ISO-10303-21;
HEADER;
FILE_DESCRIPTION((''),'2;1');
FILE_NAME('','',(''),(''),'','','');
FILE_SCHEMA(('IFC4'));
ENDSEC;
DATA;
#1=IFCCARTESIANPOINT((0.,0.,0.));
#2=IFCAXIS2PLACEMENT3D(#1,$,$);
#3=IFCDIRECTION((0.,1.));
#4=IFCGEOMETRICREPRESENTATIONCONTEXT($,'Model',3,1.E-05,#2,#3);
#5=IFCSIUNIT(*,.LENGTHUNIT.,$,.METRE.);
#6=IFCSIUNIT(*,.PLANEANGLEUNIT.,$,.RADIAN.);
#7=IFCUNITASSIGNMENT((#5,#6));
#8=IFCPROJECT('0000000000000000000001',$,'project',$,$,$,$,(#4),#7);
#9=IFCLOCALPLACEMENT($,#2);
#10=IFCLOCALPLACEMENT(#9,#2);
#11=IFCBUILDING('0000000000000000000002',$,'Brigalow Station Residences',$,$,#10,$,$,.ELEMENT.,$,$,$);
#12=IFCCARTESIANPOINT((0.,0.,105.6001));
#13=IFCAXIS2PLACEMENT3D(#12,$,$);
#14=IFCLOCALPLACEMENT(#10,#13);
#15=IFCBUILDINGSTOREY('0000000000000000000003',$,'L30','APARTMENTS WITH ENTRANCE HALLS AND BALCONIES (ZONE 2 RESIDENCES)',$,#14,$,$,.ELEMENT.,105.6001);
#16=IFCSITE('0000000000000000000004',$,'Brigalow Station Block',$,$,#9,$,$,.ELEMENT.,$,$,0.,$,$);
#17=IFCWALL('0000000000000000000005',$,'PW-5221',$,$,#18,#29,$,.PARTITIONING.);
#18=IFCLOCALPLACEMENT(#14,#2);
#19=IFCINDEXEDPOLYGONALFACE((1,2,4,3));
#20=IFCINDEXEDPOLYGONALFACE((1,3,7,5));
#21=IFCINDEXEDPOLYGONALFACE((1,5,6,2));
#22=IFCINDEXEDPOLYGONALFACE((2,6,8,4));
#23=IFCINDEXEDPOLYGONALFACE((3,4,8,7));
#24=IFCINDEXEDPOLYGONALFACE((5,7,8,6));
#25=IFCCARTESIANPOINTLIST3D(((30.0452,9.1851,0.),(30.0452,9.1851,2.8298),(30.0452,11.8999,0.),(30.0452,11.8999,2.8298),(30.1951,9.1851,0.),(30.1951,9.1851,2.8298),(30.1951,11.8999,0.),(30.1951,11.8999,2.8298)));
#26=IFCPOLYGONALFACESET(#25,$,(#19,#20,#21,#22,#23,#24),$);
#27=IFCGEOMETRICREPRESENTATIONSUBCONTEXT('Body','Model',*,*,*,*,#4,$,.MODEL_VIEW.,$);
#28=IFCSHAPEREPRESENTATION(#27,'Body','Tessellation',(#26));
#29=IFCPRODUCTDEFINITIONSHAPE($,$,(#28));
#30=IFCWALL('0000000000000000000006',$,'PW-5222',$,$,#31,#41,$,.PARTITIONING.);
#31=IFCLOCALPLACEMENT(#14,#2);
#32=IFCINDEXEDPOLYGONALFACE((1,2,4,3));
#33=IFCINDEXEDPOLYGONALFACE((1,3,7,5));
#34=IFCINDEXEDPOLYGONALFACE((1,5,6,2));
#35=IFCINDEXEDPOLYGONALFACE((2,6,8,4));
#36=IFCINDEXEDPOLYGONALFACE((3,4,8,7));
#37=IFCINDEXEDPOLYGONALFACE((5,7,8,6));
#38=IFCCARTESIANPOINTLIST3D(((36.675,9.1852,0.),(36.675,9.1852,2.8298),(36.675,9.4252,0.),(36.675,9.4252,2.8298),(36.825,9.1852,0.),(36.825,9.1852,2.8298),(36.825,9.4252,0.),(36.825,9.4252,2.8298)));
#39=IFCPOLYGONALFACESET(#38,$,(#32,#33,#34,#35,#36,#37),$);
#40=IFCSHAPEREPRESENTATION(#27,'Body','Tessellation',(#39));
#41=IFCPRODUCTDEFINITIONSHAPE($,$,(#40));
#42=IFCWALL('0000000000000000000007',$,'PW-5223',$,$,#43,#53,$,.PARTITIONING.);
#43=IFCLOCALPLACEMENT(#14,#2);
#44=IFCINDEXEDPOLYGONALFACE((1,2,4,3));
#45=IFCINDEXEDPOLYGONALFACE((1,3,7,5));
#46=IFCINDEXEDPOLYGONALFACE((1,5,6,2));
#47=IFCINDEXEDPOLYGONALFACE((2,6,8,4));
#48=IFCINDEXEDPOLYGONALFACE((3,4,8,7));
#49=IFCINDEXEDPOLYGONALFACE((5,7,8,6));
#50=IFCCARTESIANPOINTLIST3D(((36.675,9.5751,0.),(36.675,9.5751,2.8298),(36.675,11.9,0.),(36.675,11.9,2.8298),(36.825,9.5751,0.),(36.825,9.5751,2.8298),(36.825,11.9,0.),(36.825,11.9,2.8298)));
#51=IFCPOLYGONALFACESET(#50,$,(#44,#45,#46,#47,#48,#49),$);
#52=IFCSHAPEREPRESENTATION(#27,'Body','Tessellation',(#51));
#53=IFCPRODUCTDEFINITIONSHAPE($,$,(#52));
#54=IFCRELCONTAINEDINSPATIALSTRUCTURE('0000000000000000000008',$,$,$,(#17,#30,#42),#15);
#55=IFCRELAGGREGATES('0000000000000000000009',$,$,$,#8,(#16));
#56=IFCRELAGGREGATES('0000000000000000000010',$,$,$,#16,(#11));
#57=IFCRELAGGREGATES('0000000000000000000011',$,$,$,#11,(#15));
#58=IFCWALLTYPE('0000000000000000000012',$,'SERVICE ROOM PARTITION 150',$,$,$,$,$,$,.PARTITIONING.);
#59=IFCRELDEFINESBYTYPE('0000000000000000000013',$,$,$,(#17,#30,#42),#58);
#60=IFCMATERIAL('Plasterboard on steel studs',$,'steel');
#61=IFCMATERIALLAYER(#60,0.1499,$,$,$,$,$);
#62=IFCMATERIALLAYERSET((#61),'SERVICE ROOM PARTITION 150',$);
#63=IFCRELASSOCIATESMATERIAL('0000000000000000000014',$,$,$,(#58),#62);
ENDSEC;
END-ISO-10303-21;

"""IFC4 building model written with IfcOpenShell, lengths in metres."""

from ifc_helpers import new_model, si_unit, direction, frame, frame_2d, origin, place, context, subcontext, project, spatial, rectangle, extrude, material, layer, layer_set, type_object, element, save


model = new_model("IFC4")

# Units and contexts
model_context = context("Model", 3, precision=1e-05, world=origin(), true_north=direction((0.0, 1.0)))
body_context = subcontext(model_context, "Body", "Model", "MODEL_VIEW")
ifc_project = project(units=[si_unit("LENGTHUNIT", "METRE"), si_unit("PLANEANGLEUNIT", "RADIAN")], contexts=[model_context])

# Site, building, storey
site_placement = place(None, origin())
site = spatial("IfcSite", under=ifc_project, at=site_placement, Name="Brigalow Station Block", CompositionType="ELEMENT", RefElevation=0.0)
building_placement = place(site_placement, origin())
building = spatial("IfcBuilding", under=site, at=building_placement, Name="Brigalow Station Residences", CompositionType="ELEMENT")
storey_placement = place(building_placement, frame((0.0, 0.0, 105.6001)))
storey = spatial("IfcBuildingStorey", under=building, at=storey_placement, Name="L30", Description="APARTMENTS WITH ENTRANCE HALLS AND BALCONIES (ZONE 2 RESIDENCES)", CompositionType="ELEMENT", Elevation=105.6001)

# Walls
ifc_material_1 = material(Name="Plasterboard on steel studs", Category="steel")
ifc_layer_1 = layer(ifc_material_1, 0.1499)
ifc_layer_set_1 = layer_set([ifc_layer_1], Name="SERVICE ROOM PARTITION 150")
wall_type_1 = type_object("IfcWallType", Name="SERVICE ROOM PARTITION 150", PredefinedType="PARTITIONING", material=ifc_layer_set_1)
wall_1_placement = place(storey_placement, frame((30.1201, 9.1851, 0.0), z_axis=(0.0, 0.0, 1.0), x_axis=(0.0, 1.0, 0.0)))
element("IfcWall", 1, at=wall_1_placement, inside=storey, type_object=wall_type_1, Name="PW-5221", PredefinedType="PARTITIONING", context=body_context, shape_type="SweptSolid", body=[
    extrude(rectangle(XDim=2.7148, YDim=0.1499, at=frame_2d((1.3574, 0.0))), origin(), (0.0, 0.0, 1.0), 2.8298),
])
wall_2_placement = place(storey_placement, frame((36.75, 9.1851, 0.0), z_axis=(0.0, 0.0, 1.0), x_axis=(0.0, 1.0, 0.0)))
element("IfcWall", 2, at=wall_2_placement, inside=storey, type_object=wall_type_1, Name="PW-5222", PredefinedType="PARTITIONING", context=body_context, shape_type="SweptSolid", body=[
    extrude(rectangle(XDim=0.24, YDim=0.1499, at=frame_2d((0.1201, 0.0))), origin(), (0.0, 0.0, 1.0), 2.8298),
])
wall_3_placement = place(storey_placement, frame((36.75, 9.575, 0.0), z_axis=(0.0, 0.0, 1.0), x_axis=(0.0, 1.0, 0.0)))
element("IfcWall", 3, at=wall_3_placement, inside=storey, type_object=wall_type_1, Name="PW-5223", PredefinedType="PARTITIONING", context=body_context, shape_type="SweptSolid", body=[
    extrude(rectangle(XDim=2.325, YDim=0.1499, at=frame_2d((1.1626, 0.0))), origin(), (0.0, 0.0, 1.0), 2.8298),
])

save(model, "model.ifc")
